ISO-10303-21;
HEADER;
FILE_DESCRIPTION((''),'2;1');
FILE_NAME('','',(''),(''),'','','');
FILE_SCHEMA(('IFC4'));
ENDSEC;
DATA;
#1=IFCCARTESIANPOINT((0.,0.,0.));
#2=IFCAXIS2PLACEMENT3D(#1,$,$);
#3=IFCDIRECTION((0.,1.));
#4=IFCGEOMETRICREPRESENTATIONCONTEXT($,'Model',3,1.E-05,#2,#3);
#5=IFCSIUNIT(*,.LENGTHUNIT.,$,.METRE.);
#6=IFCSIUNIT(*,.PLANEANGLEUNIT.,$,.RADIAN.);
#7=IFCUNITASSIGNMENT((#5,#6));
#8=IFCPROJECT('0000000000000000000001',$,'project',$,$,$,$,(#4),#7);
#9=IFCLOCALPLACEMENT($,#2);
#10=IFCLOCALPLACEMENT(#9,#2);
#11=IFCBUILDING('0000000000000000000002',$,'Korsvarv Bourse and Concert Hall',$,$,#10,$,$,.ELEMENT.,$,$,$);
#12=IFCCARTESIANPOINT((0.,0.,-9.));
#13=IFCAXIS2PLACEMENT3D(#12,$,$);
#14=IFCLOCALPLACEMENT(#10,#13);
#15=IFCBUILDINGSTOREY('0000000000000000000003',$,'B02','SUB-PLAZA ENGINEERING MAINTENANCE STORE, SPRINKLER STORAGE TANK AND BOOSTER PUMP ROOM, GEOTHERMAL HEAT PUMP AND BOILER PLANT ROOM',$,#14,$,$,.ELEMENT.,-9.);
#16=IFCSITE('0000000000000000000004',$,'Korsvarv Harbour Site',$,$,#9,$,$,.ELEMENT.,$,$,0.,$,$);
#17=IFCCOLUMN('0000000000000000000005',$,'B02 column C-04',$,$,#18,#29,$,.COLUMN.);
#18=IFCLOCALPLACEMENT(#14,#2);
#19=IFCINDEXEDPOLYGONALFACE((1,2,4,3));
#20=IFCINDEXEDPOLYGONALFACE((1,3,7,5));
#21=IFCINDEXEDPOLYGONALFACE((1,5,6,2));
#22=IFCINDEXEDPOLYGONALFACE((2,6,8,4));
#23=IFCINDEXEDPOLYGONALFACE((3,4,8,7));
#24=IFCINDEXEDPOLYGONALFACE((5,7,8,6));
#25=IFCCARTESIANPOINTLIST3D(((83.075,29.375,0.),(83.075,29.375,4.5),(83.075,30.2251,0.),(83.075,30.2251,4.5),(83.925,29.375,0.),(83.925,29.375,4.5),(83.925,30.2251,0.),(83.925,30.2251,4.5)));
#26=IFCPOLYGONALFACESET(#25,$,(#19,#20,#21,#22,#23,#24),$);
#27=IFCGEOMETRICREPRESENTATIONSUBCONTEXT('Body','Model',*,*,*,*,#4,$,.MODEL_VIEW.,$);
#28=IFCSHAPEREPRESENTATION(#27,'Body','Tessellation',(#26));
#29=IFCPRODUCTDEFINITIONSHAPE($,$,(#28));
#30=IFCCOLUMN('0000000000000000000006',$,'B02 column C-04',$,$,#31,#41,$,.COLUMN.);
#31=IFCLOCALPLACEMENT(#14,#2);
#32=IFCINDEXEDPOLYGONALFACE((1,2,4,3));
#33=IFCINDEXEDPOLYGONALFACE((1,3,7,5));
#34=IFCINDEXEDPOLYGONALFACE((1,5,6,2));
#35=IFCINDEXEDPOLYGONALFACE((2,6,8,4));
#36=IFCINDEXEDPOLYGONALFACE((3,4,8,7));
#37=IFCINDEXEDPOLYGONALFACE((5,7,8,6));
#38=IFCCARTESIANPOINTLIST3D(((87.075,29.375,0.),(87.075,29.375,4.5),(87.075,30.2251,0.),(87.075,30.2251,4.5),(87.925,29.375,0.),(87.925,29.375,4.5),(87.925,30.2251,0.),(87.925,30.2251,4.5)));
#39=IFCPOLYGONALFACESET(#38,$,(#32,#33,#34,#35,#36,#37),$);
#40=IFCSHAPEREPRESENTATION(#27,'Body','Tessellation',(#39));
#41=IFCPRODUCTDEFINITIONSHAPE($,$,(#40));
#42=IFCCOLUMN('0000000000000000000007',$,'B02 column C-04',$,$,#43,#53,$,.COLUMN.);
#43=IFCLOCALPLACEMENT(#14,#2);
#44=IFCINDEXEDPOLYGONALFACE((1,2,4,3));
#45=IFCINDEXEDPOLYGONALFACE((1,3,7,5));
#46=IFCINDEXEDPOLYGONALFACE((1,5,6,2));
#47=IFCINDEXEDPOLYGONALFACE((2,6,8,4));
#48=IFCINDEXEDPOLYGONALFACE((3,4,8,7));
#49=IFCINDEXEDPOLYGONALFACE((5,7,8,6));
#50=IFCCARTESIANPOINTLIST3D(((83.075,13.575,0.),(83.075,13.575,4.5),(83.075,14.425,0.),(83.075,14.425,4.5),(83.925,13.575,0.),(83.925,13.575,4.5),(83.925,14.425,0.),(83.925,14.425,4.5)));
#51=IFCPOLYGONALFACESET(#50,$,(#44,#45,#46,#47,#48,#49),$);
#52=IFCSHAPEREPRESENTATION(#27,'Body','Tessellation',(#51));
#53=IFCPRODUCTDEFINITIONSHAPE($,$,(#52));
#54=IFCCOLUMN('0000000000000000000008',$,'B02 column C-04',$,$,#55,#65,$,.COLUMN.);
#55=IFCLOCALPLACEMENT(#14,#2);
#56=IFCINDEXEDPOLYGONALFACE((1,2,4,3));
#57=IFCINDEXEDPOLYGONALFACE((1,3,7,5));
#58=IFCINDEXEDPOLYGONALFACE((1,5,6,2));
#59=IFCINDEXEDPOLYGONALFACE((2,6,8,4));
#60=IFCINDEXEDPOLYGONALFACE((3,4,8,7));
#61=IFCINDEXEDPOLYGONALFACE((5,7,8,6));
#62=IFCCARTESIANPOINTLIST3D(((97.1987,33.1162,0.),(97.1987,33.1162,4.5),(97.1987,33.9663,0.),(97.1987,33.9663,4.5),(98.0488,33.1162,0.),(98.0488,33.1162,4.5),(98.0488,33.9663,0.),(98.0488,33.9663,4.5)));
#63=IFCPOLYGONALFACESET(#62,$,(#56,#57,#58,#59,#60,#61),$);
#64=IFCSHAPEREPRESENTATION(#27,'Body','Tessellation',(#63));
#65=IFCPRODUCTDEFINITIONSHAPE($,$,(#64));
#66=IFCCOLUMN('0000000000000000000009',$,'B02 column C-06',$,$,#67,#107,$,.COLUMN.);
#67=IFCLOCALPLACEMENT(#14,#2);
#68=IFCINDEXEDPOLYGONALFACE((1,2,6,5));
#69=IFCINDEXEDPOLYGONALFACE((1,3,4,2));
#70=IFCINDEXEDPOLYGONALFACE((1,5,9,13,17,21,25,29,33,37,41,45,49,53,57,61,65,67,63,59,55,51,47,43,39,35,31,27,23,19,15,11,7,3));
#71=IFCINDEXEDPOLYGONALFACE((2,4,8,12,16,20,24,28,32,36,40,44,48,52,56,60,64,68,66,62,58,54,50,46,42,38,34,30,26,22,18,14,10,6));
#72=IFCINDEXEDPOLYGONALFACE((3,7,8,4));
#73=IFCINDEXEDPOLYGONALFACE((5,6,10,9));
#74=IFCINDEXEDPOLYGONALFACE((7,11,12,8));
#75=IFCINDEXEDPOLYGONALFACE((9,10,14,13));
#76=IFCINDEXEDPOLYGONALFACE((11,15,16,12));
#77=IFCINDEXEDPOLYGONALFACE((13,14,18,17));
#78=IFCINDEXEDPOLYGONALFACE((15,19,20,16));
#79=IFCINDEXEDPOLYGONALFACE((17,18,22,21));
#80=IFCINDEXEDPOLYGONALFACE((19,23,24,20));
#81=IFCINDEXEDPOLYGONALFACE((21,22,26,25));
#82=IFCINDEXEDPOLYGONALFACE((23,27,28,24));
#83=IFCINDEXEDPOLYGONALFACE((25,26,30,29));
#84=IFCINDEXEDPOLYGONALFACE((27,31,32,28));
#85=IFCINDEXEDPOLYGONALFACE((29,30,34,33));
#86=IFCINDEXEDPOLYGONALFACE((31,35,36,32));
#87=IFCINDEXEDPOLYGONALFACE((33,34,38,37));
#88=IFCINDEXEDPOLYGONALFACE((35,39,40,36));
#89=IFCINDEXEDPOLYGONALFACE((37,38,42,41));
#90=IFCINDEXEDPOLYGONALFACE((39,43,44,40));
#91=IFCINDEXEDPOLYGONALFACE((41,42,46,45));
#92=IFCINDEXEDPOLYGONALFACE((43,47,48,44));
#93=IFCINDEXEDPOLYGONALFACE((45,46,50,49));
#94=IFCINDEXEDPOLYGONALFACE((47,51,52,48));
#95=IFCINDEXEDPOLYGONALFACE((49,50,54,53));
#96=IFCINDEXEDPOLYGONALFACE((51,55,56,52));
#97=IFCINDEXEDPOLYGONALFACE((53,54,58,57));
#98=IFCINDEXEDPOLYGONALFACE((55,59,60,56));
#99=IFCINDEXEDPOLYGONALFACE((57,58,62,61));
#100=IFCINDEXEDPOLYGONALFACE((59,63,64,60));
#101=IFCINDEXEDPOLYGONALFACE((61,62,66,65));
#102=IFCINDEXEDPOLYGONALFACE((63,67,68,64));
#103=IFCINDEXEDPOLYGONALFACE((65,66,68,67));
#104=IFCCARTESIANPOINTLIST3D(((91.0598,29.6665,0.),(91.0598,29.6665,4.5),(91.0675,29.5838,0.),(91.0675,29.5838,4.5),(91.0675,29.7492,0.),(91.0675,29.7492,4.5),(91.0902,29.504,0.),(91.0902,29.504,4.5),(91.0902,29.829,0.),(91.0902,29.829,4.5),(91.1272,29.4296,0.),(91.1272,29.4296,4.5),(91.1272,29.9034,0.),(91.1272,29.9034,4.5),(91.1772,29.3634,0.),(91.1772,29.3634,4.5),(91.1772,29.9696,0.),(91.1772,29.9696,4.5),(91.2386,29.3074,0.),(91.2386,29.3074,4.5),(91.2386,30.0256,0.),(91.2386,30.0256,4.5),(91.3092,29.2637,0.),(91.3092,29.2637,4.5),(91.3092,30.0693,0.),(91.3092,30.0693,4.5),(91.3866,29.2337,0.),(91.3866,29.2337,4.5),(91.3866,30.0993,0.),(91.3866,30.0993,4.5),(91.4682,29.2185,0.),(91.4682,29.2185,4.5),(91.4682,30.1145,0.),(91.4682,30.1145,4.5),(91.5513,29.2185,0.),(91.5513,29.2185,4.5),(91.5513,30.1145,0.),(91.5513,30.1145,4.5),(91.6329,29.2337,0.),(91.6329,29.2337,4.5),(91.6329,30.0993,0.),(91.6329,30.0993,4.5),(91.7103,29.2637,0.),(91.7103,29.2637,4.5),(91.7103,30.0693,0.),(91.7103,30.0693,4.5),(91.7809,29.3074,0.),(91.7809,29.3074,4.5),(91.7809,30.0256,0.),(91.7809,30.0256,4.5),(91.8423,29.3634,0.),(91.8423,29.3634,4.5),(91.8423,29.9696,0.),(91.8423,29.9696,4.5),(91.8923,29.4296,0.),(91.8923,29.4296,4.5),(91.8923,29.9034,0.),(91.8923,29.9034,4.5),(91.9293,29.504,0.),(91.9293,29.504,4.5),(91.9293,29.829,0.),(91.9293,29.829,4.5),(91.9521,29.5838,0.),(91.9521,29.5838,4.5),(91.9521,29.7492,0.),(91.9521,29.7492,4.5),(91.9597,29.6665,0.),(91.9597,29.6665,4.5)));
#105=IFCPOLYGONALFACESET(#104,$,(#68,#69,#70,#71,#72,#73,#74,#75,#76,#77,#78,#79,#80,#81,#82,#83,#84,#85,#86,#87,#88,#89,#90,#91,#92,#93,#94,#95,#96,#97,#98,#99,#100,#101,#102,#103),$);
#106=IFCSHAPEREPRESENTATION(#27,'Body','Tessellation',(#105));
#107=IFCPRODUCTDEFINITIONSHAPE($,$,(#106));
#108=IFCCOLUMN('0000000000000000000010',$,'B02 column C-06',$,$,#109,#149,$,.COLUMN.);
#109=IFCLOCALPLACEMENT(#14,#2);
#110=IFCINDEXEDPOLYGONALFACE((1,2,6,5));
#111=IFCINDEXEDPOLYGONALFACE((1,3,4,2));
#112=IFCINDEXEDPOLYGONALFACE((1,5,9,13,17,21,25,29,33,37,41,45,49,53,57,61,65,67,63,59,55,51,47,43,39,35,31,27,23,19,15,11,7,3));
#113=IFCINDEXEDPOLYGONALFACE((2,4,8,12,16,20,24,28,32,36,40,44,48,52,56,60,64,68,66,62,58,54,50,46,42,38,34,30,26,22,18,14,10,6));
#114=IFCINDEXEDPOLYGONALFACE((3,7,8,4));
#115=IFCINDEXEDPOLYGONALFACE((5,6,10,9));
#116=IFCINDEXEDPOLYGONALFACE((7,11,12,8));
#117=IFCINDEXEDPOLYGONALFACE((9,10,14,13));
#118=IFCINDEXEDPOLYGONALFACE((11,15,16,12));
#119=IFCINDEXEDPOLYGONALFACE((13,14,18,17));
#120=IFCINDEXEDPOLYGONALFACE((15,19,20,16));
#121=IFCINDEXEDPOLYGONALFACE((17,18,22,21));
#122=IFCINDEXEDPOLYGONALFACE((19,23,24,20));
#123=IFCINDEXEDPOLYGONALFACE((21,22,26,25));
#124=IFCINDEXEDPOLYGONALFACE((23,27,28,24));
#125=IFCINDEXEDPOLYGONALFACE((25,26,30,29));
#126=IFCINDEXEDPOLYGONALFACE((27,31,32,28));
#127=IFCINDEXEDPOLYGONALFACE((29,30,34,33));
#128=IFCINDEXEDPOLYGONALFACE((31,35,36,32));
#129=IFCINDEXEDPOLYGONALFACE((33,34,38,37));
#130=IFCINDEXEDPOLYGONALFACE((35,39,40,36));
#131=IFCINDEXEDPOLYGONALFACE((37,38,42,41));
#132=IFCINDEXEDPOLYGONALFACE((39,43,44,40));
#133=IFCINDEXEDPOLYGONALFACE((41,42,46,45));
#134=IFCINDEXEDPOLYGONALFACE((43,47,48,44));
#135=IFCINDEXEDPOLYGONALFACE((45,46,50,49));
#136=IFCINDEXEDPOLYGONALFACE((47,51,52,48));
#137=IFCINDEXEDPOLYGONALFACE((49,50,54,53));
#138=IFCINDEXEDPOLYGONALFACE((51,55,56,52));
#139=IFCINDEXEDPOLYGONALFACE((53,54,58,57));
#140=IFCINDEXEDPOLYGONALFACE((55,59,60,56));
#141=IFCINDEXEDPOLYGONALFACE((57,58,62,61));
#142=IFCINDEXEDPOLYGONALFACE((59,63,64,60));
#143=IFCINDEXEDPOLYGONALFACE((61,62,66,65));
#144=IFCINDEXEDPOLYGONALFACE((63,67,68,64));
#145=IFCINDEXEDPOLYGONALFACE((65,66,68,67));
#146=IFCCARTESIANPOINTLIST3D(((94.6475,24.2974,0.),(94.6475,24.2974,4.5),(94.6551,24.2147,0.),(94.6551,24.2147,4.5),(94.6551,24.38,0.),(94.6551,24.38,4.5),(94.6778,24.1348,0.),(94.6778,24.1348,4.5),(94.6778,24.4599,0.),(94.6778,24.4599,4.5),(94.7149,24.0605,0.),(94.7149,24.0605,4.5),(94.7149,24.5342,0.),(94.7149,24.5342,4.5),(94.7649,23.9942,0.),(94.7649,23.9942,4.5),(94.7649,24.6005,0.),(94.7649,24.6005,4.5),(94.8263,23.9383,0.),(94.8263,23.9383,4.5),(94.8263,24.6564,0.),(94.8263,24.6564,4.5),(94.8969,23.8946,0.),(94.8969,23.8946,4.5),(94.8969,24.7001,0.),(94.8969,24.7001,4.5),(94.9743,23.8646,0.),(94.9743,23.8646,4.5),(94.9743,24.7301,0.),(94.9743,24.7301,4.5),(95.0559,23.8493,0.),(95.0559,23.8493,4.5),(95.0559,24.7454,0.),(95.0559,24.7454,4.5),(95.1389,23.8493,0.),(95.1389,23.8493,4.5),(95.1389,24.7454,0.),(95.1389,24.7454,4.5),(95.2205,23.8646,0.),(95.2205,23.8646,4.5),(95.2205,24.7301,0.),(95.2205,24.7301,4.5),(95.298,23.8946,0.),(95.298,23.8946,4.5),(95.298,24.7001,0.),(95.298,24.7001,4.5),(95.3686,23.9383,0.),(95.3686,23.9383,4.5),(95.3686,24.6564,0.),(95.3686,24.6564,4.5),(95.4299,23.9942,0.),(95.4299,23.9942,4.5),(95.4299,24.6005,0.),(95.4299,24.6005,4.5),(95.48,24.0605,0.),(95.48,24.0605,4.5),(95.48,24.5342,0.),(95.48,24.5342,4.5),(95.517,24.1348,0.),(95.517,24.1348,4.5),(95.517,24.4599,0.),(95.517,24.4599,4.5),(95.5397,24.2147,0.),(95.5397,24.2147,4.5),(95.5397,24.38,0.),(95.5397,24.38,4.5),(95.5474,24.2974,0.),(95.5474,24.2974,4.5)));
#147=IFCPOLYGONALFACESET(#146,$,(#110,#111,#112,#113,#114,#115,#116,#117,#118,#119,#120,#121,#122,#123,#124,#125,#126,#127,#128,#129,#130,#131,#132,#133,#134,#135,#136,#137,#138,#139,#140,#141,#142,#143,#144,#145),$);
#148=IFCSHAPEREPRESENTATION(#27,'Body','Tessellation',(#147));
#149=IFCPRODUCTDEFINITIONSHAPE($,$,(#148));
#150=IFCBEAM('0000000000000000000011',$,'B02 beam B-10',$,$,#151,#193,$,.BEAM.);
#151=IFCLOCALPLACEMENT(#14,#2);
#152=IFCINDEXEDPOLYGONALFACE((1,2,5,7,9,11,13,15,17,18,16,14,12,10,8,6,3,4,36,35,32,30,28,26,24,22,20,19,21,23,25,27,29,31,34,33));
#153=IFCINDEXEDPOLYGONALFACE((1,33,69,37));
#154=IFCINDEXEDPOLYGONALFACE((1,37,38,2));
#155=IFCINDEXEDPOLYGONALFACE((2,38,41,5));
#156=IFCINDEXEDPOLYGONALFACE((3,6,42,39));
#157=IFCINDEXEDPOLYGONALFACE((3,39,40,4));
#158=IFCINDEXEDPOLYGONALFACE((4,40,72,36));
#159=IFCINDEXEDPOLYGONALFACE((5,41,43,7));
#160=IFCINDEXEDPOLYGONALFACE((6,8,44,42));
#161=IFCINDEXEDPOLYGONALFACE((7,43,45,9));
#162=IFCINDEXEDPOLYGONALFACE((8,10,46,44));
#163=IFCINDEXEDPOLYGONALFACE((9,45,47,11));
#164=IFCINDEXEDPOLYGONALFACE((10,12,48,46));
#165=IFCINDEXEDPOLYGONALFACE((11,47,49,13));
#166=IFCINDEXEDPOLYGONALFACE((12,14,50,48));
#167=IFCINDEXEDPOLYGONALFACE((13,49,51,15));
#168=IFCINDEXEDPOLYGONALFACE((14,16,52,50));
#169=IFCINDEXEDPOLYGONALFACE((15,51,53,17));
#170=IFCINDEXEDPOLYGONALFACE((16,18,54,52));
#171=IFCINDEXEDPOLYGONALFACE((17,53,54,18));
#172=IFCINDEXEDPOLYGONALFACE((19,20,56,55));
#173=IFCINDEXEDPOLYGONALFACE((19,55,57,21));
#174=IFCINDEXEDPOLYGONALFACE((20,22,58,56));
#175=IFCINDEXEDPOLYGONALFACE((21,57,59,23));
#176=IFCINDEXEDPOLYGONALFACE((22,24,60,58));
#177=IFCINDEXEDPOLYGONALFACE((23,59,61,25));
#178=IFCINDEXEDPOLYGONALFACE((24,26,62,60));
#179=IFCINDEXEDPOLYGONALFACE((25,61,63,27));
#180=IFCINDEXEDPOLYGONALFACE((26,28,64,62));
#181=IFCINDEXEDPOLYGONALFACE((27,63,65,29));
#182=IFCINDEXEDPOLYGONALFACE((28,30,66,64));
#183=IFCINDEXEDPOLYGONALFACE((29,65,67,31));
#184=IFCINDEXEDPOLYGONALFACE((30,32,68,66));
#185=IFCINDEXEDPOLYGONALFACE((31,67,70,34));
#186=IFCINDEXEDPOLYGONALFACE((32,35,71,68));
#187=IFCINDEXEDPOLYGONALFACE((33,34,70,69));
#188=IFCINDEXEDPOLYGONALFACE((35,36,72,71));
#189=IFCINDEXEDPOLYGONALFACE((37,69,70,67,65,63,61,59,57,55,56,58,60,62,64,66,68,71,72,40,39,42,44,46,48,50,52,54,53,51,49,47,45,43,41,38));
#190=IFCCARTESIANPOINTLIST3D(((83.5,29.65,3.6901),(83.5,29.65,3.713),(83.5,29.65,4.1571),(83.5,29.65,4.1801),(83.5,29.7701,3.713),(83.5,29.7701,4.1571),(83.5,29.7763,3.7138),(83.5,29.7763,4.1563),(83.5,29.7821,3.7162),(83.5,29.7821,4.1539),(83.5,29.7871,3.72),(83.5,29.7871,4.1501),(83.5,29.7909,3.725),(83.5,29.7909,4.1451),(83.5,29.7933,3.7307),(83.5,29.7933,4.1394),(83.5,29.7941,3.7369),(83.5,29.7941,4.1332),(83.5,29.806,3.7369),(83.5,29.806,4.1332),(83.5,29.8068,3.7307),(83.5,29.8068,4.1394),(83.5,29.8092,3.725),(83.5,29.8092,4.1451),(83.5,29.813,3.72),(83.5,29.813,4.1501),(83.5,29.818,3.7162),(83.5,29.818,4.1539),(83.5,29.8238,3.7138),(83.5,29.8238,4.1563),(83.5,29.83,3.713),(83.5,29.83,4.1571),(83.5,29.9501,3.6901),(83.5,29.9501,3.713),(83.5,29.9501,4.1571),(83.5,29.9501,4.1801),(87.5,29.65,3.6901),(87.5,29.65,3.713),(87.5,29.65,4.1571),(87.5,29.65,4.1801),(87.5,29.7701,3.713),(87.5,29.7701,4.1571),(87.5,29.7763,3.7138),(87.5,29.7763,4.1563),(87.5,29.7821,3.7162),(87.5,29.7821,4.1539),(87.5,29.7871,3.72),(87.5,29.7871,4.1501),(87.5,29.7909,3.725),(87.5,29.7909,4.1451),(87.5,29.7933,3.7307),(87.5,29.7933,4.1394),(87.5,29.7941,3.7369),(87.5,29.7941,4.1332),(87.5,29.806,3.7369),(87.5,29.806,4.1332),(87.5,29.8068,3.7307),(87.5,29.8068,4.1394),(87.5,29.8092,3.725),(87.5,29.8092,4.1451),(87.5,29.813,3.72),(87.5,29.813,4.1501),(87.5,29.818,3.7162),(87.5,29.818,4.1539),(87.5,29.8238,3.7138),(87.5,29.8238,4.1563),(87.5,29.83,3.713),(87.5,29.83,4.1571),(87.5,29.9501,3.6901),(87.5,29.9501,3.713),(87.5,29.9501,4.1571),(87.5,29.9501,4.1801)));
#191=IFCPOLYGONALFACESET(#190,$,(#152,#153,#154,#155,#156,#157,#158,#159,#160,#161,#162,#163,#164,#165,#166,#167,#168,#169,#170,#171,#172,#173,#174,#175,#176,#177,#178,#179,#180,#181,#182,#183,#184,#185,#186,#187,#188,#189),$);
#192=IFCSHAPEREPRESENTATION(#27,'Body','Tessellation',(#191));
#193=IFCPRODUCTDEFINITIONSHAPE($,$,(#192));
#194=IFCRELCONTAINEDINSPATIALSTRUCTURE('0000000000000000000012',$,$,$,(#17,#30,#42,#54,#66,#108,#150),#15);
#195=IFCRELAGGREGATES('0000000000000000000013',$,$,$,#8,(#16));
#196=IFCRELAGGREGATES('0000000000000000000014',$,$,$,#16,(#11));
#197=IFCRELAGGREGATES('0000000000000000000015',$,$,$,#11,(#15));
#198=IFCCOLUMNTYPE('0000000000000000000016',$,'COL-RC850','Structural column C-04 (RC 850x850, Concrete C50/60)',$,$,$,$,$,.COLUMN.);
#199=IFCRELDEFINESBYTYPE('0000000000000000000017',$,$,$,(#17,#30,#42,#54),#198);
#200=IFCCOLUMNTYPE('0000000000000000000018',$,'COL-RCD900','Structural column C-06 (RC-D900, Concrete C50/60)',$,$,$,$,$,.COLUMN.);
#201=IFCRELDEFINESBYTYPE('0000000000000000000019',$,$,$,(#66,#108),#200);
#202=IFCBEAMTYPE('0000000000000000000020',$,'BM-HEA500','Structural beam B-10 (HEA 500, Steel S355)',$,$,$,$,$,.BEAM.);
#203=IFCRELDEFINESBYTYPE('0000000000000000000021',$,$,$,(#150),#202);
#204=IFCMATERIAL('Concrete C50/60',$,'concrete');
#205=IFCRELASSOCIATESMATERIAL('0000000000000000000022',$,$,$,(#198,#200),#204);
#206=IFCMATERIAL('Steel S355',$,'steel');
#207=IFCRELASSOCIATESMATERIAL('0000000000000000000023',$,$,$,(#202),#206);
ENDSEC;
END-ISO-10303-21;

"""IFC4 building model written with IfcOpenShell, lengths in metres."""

from ifc_helpers import new_model, si_unit, direction, frame, origin, origin_2d, place, context, subcontext, project, spatial, rectangle, circle, i_section, extrude, source, transform, mapped, material, material_profile, profile_set, type_object, element, save


model = new_model("IFC4")

# Units and contexts
model_context = context("Model", 3, precision=1e-05, world=origin(), true_north=direction((0.0, 1.0)))
body_context = subcontext(model_context, "Body", "Model", "MODEL_VIEW")
ifc_project = project(units=[si_unit("LENGTHUNIT", "METRE"), si_unit("PLANEANGLEUNIT", "RADIAN")], contexts=[model_context])

# Site, building, storey
site_placement = place(None, origin())
site = spatial("IfcSite", under=ifc_project, at=site_placement, Name="Korsvarv Harbour Site", CompositionType="ELEMENT", RefElevation=0.0)
building_placement = place(site_placement, origin())
building = spatial("IfcBuilding", under=site, at=building_placement, Name="Korsvarv Bourse and Concert Hall", CompositionType="ELEMENT")
storey_placement = place(building_placement, frame((0.0, 0.0, -9.0)))
storey = spatial("IfcBuildingStorey", under=building, at=storey_placement, Name="B02", Description="SUB-PLAZA ENGINEERING MAINTENANCE STORE, SPRINKLER STORAGE TANK AND BOOSTER PUMP ROOM, GEOTHERMAL HEAT PUMP AND BOILER PLANT ROOM", CompositionType="ELEMENT", Elevation=-9.0)

# Columns
ifc_material_1 = material(Name="Concrete C50/60", Category="concrete")
ifc_material_profile_1 = material_profile(ifc_material_1, rectangle(XDim=0.8501, YDim=0.8501, at=origin_2d()), Name="RC 850x850")
ifc_profile_set_1 = profile_set([ifc_material_profile_1], Name="Concrete C50/60")
column_type_1 = type_object("IfcColumnType", Name="COL-RC850", Description="Structural column C-04 (RC 850x850, Concrete C50/60)", PredefinedType="COLUMN", material=ifc_profile_set_1)
shared_shape_1 = source(origin(), body_context, "Body", "SweptSolid", [
    extrude(rectangle(XDim=0.8501, YDim=0.8501, at=origin_2d()), origin(), (0.0, 0.0, 1.0), 4.5),
])
for number, where, z_axis, x_axis, name in (
    (1, (83.5, 29.8, 0.0), (0.0, 0.0, 1.0), (1.0, 0.0, 0.0), "B02 column C-04"),
    (2, (87.5, 29.8, 0.0), (0.0, 0.0, 1.0), (1.0, 0.0, 0.0), "B02 column C-04"),
    (3, (83.5, 14.0, 0.0), (0.0, 0.0, 1.0), (1.0, 0.0, 0.0), "B02 column C-04"),
    (4, (97.6238, 33.5413, 0.0), (0.0, 0.0, 1.0), (1.0, 0.0, 0.0), "B02 column C-04"),
):
    element("IfcColumn", number, at=place(storey_placement, frame(where, z_axis=z_axis, x_axis=x_axis)), inside=storey, type_object=column_type_1, Name=name, PredefinedType="COLUMN", context=body_context, shape_type="MappedRepresentation", body=[
        mapped(shared_shape_1, transform((0.0, 0.0, 0.0), scale=1.0)),
    ])
ifc_material_profile_2 = material_profile(ifc_material_1, circle(Radius=0.45, at=origin_2d()), Name="RC-D900")
ifc_profile_set_2 = profile_set([ifc_material_profile_2], Name="Concrete C50/60")
column_type_2 = type_object("IfcColumnType", Name="COL-RCD900", Description="Structural column C-06 (RC-D900, Concrete C50/60)", PredefinedType="COLUMN", material=ifc_profile_set_2)
shared_shape_2 = source(origin(), body_context, "Body", "SweptSolid", [
    extrude(circle(Radius=0.45, at=origin_2d()), origin(), (0.0, 0.0, 1.0), 4.5),
])
for number, where, z_axis, x_axis, name in (
    (5, (91.5098, 29.6665, 0.0), (0.0, 0.0, 1.0), (1.0, 0.0, 0.0), "B02 column C-06"),
    (6, (95.0974, 24.2974, 0.0), (0.0, 0.0, 1.0), (1.0, 0.0, 0.0), "B02 column C-06"),
):
    element("IfcColumn", number, at=place(storey_placement, frame(where, z_axis=z_axis, x_axis=x_axis)), inside=storey, type_object=column_type_2, Name=name, PredefinedType="COLUMN", context=body_context, shape_type="MappedRepresentation", body=[
        mapped(shared_shape_2, transform((0.0, 0.0, 0.0), scale=1.0)),
    ])

# Beam
ifc_material_2 = material(Name="Steel S355", Category="steel")
ifc_material_profile_3 = material_profile(ifc_material_2, i_section(OverallWidth=0.3, OverallDepth=0.49, WebThickness=0.012, FlangeThickness=0.0229, FilletRadius=0.0239, at=origin_2d()), Name="HEA 500")
ifc_profile_set_3 = profile_set([ifc_material_profile_3], Name="Steel S355")
beam_type_1 = type_object("IfcBeamType", Name="BM-HEA500", Description="Structural beam B-10 (HEA 500, Steel S355)", PredefinedType="BEAM", material=ifc_profile_set_3)
shared_shape_3 = source(origin(), body_context, "Body", "SweptSolid", [
    extrude(i_section(OverallWidth=0.3, OverallDepth=0.49, WebThickness=0.012, FlangeThickness=0.0229, FilletRadius=0.0239, at=origin_2d()), origin(), (0.0, 0.0, 1.0), 4.0),
])
beam_1_placement = place(storey_placement, frame((83.5, 29.8, 3.9351), z_axis=(1.0, 0.0, 0.0), x_axis=(0.0, 1.0, 0.0)))
element("IfcBeam", 7, at=beam_1_placement, inside=storey, type_object=beam_type_1, Name="B02 beam B-10", PredefinedType="BEAM", context=body_context, shape_type="MappedRepresentation", body=[
    mapped(shared_shape_3, transform((0.0, 0.0, 0.0), scale=1.0)),
])

save(model, "model.ifc")
